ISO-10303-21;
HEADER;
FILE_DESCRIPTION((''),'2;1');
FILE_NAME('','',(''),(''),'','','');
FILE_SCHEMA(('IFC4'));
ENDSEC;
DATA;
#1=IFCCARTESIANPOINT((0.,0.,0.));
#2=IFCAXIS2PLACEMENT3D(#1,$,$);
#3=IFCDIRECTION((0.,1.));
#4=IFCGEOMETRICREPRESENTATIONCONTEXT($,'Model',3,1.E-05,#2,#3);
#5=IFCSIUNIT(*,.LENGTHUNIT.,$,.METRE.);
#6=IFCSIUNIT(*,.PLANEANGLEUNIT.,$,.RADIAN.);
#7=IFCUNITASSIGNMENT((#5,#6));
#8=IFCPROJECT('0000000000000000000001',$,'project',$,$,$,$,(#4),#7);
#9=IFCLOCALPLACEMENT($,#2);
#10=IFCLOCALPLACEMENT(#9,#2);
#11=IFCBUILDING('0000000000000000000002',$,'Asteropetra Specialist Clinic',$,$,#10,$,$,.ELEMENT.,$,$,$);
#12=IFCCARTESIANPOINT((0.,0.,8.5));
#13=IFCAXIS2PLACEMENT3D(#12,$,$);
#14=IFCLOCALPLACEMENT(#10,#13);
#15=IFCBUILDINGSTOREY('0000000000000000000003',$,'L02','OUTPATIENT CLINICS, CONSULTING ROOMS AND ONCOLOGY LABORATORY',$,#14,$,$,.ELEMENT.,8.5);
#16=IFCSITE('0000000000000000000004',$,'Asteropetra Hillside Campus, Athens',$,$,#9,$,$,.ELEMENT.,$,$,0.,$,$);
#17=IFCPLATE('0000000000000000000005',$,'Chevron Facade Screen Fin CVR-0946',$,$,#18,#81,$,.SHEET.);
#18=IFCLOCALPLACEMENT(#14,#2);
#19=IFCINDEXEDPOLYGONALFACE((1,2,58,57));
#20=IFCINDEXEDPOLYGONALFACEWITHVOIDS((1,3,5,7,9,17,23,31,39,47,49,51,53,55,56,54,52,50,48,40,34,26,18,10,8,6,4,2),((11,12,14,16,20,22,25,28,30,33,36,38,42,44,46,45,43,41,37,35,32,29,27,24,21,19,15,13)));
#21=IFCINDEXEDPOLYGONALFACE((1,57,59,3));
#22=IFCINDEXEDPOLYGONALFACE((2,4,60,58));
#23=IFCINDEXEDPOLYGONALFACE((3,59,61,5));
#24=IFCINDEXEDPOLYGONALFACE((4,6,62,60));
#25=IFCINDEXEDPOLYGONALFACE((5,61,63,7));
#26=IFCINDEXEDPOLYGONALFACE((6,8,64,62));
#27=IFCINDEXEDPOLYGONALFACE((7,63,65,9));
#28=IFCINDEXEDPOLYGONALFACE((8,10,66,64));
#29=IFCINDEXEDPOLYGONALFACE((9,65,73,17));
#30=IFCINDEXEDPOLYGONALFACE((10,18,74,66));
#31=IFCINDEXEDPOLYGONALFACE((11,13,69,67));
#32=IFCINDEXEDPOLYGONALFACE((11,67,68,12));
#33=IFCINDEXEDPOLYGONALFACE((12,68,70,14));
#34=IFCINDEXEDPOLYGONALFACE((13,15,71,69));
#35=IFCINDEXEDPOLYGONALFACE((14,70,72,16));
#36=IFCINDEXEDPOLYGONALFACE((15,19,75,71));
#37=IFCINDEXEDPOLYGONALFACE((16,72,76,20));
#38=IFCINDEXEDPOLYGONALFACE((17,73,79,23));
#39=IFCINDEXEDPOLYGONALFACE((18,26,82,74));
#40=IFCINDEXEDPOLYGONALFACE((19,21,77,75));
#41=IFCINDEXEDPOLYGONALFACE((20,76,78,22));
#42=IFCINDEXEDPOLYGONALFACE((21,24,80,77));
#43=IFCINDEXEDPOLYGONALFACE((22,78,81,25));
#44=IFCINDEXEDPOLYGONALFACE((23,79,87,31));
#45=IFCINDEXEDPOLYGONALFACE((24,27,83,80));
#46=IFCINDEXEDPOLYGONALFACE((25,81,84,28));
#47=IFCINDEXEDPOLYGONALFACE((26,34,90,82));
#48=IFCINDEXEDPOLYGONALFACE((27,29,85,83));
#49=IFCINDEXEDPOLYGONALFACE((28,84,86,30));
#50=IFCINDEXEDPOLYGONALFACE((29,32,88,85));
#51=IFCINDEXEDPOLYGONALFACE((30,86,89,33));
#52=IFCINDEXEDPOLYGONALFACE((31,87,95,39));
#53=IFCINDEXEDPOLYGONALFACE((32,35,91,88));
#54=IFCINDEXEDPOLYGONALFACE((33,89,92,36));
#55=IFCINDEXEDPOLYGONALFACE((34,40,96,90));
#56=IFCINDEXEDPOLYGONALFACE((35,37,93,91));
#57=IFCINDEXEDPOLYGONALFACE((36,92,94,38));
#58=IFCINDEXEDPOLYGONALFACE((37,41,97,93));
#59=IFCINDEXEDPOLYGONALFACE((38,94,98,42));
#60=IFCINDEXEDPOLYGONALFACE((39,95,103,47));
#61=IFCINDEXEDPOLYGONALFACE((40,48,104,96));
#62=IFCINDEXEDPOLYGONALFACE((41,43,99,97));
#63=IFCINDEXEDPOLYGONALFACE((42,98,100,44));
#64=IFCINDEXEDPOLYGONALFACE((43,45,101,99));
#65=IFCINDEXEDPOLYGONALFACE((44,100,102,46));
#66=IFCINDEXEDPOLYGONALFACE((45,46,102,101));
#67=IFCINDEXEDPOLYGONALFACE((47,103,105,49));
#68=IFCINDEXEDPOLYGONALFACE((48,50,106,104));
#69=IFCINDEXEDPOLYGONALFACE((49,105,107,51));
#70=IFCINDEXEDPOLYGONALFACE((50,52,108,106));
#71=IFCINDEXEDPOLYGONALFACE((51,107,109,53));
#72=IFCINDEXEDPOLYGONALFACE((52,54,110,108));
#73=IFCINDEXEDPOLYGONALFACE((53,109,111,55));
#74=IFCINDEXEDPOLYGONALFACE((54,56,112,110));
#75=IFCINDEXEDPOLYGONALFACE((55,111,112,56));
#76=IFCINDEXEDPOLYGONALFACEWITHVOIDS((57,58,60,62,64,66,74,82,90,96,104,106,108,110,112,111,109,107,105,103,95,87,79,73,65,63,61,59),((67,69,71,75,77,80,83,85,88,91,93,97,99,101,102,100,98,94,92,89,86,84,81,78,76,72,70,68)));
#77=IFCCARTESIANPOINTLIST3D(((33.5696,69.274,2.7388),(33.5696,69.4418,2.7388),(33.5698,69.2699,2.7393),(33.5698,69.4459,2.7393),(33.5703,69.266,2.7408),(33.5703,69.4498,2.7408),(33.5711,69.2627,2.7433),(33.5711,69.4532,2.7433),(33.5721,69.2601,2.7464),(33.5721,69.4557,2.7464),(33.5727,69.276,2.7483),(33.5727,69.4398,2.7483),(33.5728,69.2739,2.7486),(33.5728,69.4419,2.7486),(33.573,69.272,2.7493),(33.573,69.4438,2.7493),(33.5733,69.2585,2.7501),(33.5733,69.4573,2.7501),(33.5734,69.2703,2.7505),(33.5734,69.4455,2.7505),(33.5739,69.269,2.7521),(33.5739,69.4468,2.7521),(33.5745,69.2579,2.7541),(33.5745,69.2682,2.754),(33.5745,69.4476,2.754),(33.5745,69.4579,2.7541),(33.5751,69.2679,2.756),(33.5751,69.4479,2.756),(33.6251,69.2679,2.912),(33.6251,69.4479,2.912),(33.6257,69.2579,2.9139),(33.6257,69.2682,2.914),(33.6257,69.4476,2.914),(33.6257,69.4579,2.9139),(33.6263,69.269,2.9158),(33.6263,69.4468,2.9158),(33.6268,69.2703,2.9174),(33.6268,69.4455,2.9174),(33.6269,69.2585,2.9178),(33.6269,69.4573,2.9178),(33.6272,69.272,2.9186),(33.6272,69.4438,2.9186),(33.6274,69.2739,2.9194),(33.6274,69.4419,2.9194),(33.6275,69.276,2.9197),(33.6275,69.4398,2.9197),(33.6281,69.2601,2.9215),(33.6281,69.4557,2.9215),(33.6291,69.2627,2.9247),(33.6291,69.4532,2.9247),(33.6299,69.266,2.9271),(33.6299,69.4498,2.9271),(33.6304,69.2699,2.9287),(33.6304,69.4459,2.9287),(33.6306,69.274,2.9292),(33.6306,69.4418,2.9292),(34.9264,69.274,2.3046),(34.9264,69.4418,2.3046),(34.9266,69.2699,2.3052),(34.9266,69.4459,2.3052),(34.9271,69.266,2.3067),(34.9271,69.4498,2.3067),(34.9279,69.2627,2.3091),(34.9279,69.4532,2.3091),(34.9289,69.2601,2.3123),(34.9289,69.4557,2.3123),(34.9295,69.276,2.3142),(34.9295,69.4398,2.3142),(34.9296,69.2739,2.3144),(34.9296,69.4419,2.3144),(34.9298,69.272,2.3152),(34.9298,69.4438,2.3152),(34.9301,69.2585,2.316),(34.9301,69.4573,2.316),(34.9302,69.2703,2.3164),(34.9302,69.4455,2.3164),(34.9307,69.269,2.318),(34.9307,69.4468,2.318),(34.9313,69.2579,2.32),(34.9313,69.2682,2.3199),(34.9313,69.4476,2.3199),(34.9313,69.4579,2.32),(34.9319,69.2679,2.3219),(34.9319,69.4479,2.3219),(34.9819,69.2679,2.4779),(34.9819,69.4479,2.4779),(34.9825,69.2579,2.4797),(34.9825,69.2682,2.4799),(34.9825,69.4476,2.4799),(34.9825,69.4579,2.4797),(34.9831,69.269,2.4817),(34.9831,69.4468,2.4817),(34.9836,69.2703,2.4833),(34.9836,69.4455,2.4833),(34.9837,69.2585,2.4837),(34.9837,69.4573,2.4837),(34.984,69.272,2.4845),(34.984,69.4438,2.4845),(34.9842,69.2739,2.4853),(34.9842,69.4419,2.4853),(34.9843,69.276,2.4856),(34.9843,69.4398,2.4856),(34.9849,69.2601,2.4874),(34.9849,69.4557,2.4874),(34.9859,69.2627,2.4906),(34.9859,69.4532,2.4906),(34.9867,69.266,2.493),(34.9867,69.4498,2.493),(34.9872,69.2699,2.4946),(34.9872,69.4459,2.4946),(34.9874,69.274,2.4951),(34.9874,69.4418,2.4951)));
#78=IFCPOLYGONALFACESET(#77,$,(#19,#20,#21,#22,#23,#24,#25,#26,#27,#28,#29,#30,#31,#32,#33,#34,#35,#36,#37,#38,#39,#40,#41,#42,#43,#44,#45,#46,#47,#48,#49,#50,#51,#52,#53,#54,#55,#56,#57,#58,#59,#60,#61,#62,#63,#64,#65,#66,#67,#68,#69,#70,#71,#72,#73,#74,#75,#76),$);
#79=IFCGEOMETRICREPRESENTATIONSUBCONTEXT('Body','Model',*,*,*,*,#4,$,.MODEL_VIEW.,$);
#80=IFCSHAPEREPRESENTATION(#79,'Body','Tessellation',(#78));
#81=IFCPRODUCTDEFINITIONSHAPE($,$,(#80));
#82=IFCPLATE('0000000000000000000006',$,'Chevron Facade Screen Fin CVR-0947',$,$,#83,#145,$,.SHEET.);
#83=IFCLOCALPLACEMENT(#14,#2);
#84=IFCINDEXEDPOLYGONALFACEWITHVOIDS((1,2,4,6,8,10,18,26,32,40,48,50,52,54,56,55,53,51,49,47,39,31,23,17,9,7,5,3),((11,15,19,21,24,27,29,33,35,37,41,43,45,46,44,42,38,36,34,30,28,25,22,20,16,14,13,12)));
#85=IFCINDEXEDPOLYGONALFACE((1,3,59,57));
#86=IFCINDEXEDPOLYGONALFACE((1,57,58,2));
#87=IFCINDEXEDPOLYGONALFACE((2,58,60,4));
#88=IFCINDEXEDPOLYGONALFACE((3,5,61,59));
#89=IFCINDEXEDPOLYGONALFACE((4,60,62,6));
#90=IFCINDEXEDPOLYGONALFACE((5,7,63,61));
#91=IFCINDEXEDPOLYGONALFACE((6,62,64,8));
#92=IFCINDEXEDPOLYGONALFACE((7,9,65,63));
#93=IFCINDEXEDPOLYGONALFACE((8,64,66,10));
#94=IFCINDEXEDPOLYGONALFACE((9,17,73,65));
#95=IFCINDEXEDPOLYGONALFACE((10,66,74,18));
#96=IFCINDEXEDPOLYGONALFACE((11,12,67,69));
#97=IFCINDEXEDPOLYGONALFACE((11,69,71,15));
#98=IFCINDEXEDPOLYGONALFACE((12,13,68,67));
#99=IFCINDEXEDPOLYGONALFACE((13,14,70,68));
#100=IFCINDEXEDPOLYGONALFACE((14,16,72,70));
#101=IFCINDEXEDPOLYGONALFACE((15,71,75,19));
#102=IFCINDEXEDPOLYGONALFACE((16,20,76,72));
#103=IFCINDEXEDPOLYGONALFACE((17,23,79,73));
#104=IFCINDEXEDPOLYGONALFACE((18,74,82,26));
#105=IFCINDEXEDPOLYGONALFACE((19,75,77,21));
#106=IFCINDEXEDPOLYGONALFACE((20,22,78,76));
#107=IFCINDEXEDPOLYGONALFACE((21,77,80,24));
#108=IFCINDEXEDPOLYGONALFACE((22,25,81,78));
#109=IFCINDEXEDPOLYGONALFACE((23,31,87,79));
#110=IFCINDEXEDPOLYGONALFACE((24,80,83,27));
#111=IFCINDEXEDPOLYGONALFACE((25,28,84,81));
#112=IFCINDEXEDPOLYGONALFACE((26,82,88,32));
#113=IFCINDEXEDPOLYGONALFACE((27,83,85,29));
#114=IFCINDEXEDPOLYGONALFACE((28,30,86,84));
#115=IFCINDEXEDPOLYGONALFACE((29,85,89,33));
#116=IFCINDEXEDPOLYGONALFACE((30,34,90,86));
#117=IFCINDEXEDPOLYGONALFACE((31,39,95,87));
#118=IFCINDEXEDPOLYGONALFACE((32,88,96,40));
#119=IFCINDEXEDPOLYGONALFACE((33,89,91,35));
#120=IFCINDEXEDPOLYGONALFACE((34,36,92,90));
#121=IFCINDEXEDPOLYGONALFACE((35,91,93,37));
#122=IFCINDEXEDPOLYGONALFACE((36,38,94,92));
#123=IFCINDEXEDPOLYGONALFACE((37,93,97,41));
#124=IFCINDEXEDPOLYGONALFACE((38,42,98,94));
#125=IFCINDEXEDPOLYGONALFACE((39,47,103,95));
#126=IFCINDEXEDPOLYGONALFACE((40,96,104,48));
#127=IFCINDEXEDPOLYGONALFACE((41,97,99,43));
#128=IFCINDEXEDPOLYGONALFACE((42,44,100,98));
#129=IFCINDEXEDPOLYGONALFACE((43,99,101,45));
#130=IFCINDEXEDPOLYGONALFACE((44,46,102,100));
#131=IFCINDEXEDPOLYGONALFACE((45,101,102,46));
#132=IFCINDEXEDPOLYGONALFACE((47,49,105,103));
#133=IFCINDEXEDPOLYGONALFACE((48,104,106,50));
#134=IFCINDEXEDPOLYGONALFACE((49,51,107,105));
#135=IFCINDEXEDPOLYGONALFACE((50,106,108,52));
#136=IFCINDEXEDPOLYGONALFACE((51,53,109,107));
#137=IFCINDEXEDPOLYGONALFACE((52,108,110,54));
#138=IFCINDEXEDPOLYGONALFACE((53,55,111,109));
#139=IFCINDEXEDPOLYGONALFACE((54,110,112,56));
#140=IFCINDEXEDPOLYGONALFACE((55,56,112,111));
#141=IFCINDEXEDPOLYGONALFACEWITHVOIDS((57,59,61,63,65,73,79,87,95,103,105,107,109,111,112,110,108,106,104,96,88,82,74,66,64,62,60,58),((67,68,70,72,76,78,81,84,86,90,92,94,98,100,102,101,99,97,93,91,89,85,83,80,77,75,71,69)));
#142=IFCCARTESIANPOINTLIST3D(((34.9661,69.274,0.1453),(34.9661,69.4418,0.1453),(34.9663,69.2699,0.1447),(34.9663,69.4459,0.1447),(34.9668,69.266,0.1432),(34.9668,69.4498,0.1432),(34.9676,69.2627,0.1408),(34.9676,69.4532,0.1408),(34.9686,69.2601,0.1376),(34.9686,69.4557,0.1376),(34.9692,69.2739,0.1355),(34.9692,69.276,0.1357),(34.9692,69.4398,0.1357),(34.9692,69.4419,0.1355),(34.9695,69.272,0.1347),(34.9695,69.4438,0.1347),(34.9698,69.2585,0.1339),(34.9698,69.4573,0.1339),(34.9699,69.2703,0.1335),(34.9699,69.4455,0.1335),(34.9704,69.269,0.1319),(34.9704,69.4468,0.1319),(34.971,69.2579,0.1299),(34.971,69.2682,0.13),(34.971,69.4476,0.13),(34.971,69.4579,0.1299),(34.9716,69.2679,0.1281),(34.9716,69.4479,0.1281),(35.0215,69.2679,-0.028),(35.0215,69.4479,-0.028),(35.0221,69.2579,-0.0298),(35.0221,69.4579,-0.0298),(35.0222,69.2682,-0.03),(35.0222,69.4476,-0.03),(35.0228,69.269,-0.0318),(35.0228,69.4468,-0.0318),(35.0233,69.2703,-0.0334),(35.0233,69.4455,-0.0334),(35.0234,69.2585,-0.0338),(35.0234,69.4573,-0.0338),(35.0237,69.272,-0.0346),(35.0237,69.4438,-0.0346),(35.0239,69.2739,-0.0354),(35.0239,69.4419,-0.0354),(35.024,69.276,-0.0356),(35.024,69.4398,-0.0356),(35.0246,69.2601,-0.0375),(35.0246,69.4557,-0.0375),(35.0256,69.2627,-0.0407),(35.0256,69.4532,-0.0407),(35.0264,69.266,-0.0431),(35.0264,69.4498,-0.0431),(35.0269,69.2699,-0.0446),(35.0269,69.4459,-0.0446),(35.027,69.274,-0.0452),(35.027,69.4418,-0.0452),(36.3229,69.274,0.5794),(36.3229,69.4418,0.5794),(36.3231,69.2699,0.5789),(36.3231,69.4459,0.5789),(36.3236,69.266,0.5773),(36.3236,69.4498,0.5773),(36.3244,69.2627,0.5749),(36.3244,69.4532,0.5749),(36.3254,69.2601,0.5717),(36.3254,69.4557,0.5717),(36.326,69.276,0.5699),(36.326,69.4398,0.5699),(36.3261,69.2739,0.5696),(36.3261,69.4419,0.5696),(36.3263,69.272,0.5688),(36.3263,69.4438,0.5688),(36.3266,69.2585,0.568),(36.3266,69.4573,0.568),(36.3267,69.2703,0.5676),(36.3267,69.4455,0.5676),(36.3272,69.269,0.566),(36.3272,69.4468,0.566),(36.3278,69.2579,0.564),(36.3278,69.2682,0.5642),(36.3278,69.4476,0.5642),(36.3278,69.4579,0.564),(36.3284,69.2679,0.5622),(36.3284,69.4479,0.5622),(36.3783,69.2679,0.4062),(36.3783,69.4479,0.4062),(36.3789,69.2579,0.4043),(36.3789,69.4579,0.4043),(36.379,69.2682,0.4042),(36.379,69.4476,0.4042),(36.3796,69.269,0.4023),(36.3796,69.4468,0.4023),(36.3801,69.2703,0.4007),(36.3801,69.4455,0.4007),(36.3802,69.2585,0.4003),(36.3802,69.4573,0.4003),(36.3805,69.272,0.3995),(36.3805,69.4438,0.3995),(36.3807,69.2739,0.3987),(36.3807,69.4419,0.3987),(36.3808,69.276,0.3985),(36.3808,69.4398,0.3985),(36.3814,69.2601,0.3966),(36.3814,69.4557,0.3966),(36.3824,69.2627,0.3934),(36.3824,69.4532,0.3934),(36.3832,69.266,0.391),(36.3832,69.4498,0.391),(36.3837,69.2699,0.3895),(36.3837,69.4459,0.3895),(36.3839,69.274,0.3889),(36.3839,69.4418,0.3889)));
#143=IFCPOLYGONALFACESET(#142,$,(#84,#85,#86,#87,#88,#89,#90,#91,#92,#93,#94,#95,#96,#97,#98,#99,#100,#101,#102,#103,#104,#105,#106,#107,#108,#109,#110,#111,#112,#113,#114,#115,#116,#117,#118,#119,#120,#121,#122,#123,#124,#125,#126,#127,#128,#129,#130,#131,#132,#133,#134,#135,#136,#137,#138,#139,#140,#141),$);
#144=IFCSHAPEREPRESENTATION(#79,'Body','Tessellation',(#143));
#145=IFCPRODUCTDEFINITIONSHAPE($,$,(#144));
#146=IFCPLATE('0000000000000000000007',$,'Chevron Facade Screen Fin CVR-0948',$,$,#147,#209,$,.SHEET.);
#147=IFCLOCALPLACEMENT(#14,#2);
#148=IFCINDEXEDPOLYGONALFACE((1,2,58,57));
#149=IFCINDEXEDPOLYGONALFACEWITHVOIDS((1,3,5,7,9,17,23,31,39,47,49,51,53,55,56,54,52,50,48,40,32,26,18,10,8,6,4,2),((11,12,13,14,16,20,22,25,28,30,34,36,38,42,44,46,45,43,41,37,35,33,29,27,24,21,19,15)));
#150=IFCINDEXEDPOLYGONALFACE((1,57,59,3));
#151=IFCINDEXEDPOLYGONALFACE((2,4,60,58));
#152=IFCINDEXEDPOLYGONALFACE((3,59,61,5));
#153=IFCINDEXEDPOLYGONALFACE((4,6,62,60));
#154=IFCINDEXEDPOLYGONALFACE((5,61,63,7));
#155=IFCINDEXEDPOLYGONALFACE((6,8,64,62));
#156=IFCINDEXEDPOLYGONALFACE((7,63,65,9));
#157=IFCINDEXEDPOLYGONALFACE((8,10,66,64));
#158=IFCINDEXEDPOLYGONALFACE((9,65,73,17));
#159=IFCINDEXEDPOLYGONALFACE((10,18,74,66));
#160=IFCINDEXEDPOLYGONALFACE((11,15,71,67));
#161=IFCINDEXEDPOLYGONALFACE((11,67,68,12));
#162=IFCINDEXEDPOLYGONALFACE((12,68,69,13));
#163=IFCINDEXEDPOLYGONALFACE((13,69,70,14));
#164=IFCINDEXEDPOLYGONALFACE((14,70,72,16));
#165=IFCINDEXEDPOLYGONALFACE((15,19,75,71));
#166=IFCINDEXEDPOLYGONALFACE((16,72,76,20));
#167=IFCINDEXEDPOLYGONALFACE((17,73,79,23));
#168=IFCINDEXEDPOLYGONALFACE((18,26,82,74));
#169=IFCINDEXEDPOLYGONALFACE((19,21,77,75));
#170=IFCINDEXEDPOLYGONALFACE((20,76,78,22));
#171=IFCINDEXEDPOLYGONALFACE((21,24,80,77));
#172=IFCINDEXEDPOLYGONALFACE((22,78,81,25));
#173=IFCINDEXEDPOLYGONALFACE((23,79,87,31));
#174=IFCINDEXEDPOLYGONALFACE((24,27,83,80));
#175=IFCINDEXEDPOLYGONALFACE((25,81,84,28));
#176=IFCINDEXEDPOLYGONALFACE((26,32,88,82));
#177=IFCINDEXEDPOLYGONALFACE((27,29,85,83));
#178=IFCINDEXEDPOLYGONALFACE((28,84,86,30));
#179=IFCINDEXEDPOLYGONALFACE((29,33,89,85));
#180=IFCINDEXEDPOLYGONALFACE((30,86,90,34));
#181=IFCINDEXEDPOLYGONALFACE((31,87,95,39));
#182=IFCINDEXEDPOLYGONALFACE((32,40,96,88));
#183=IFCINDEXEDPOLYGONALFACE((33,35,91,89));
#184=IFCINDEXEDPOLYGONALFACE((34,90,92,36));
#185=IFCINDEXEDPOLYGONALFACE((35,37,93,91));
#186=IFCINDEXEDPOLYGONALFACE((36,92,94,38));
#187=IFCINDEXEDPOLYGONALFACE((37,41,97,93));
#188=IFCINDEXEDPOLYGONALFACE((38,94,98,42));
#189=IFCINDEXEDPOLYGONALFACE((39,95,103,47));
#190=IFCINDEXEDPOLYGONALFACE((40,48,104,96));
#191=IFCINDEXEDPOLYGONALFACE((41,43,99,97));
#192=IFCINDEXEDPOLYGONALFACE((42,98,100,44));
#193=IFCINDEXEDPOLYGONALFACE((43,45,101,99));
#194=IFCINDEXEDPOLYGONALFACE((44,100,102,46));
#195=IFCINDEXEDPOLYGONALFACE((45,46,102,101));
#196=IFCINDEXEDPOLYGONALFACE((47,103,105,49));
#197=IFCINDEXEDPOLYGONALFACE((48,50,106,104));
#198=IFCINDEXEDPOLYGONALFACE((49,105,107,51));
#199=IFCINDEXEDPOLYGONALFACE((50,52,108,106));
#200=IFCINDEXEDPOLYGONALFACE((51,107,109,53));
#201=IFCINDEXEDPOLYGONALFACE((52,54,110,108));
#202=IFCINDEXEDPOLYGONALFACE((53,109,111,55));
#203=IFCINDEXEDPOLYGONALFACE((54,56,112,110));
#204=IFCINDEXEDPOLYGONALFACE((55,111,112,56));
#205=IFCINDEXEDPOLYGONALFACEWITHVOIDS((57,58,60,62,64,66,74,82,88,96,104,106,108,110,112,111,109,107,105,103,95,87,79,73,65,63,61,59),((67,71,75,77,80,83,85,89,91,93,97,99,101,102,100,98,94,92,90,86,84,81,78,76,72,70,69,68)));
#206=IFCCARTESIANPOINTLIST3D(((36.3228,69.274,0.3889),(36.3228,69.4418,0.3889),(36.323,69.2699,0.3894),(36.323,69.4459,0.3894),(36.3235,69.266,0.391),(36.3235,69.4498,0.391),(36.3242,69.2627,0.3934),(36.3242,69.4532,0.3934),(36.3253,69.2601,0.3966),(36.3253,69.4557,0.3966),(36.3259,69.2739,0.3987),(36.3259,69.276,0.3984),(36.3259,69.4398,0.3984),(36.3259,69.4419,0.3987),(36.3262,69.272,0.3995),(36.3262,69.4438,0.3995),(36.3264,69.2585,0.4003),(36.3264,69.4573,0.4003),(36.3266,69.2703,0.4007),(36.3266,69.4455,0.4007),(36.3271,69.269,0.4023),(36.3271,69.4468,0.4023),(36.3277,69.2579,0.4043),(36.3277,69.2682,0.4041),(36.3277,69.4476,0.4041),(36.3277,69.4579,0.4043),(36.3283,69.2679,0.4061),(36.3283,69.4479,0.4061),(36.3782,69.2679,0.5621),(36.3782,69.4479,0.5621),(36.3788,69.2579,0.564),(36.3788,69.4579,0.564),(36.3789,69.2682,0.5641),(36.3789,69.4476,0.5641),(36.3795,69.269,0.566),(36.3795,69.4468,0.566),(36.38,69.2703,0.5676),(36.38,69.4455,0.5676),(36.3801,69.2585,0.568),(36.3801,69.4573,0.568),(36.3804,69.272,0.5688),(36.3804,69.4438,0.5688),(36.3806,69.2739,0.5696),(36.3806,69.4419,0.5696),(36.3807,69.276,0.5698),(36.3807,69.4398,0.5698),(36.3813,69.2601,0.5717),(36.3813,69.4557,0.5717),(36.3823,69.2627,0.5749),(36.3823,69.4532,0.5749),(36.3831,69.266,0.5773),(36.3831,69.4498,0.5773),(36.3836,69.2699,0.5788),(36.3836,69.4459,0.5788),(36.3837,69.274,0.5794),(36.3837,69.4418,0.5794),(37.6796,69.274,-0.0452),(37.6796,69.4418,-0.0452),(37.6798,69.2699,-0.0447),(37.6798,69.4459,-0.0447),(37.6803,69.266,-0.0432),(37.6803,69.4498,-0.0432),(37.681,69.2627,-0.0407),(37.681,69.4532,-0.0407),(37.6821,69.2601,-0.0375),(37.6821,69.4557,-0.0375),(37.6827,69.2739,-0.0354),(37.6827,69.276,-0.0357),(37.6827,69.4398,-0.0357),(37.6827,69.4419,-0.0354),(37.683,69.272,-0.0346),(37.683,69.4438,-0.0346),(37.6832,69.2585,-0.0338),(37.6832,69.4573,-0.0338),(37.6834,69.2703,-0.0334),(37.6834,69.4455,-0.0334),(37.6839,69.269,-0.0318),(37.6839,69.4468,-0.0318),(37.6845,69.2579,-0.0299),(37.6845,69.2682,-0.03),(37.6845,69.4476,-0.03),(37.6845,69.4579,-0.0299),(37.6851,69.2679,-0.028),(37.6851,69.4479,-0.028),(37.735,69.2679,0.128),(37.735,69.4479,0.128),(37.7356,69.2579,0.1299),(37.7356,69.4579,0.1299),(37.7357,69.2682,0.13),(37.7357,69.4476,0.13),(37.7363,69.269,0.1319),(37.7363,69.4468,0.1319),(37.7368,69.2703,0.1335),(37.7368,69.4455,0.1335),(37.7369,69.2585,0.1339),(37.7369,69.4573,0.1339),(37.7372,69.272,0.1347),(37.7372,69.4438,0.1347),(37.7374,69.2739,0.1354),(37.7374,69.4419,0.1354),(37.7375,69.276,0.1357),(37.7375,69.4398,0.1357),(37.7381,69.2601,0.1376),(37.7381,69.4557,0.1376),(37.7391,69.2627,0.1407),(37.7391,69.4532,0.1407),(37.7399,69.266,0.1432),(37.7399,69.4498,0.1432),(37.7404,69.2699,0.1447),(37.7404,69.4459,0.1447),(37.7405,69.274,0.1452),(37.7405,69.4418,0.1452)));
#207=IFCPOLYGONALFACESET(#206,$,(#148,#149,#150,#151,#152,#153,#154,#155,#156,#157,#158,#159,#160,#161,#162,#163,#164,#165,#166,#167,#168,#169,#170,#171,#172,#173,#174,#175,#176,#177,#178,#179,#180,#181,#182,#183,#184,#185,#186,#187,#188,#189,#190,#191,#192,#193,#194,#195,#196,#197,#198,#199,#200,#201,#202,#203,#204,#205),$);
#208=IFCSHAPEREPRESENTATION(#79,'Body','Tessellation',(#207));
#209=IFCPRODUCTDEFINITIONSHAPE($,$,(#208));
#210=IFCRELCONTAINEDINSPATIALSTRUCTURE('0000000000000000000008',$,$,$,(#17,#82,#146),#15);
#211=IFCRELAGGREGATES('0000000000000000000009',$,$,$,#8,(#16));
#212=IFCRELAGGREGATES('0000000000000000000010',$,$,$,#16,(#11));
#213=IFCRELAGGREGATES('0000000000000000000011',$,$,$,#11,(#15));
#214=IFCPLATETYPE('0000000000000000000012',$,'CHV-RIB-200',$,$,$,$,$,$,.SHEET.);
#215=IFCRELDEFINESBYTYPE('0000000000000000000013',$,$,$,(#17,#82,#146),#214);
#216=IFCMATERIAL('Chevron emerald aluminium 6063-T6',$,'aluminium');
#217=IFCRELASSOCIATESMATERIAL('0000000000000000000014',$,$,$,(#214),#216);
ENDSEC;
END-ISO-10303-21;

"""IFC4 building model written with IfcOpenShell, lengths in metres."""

from ifc_helpers import new_model, si_unit, direction, frame, origin, origin_2d, place, context, subcontext, project, spatial, hollow_rectangle, extrude, material, material_profile, profile_set, type_object, element, save


model = new_model("IFC4")

# Units and contexts
model_context = context("Model", 3, precision=1e-05, world=origin(), true_north=direction((0.0, 1.0)))
body_context = subcontext(model_context, "Body", "Model", "MODEL_VIEW")
ifc_project = project(units=[si_unit("LENGTHUNIT", "METRE"), si_unit("PLANEANGLEUNIT", "RADIAN")], contexts=[model_context])

# Site, building, storey
site_placement = place(None, origin())
site = spatial("IfcSite", under=ifc_project, at=site_placement, Name="Asteropetra Hillside Campus, Athens", CompositionType="ELEMENT", RefElevation=0.0)
building_placement = place(site_placement, origin())
building = spatial("IfcBuilding", under=site, at=building_placement, Name="Asteropetra Specialist Clinic", CompositionType="ELEMENT")
storey_placement = place(building_placement, frame((0.0, 0.0, 8.5)))
storey = spatial("IfcBuildingStorey", under=building, at=storey_placement, Name="L02", Description="OUTPATIENT CLINICS, CONSULTING ROOMS AND ONCOLOGY LABORATORY", CompositionType="ELEMENT", Elevation=8.5)

# Plates
ifc_material = material(Name="Chevron emerald aluminium 6063-T6", Category="aluminium")
ifc_material_profile = material_profile(ifc_material, hollow_rectangle(XDim=0.2, YDim=0.2, WallThickness=0.01, InnerFilletRadius=0.0081, OuterFilletRadius=0.0161, at=origin_2d()), Name="SHS 200x200x10.0")
ifc_profile_set = profile_set([ifc_material_profile], Name="Chevron emerald aluminium 6063-T6")
plate_type = type_object("IfcPlateType", Name="CHV-RIB-200", PredefinedType="SHEET", material=ifc_profile_set)
for number, where, z_axis, x_axis, name in (
    (1, (33.6001, 69.3579, 2.834), (0.952436, 0.0, -0.304738), (0.0, 1.0, 0.0), "Chevron Facade Screen Fin CVR-0946"),
    (2, (34.9966, 69.3579, 0.05), (0.952436, 0.0, 0.304738), (0.0, 1.0, 0.0), "Chevron Facade Screen Fin CVR-0947"),
    (3, (36.3533, 69.3579, 0.4841), (0.952436, 0.0, -0.304738), (0.0, 1.0, 0.0), "Chevron Facade Screen Fin CVR-0948"),
):
    element("IfcPlate", number, at=place(storey_placement, frame(where, z_axis=z_axis, x_axis=x_axis)), inside=storey, type_object=plate_type, Name=name, PredefinedType="SHEET", context=body_context, shape_type="SweptSolid", body=[
        extrude(hollow_rectangle(XDim=0.2, YDim=0.2, WallThickness=0.01, InnerFilletRadius=0.0081, OuterFilletRadius=0.0161, at=origin_2d()), origin(), (0.0, 0.0, 1.0), 1.4246),
    ])

save(model, "model.ifc")
